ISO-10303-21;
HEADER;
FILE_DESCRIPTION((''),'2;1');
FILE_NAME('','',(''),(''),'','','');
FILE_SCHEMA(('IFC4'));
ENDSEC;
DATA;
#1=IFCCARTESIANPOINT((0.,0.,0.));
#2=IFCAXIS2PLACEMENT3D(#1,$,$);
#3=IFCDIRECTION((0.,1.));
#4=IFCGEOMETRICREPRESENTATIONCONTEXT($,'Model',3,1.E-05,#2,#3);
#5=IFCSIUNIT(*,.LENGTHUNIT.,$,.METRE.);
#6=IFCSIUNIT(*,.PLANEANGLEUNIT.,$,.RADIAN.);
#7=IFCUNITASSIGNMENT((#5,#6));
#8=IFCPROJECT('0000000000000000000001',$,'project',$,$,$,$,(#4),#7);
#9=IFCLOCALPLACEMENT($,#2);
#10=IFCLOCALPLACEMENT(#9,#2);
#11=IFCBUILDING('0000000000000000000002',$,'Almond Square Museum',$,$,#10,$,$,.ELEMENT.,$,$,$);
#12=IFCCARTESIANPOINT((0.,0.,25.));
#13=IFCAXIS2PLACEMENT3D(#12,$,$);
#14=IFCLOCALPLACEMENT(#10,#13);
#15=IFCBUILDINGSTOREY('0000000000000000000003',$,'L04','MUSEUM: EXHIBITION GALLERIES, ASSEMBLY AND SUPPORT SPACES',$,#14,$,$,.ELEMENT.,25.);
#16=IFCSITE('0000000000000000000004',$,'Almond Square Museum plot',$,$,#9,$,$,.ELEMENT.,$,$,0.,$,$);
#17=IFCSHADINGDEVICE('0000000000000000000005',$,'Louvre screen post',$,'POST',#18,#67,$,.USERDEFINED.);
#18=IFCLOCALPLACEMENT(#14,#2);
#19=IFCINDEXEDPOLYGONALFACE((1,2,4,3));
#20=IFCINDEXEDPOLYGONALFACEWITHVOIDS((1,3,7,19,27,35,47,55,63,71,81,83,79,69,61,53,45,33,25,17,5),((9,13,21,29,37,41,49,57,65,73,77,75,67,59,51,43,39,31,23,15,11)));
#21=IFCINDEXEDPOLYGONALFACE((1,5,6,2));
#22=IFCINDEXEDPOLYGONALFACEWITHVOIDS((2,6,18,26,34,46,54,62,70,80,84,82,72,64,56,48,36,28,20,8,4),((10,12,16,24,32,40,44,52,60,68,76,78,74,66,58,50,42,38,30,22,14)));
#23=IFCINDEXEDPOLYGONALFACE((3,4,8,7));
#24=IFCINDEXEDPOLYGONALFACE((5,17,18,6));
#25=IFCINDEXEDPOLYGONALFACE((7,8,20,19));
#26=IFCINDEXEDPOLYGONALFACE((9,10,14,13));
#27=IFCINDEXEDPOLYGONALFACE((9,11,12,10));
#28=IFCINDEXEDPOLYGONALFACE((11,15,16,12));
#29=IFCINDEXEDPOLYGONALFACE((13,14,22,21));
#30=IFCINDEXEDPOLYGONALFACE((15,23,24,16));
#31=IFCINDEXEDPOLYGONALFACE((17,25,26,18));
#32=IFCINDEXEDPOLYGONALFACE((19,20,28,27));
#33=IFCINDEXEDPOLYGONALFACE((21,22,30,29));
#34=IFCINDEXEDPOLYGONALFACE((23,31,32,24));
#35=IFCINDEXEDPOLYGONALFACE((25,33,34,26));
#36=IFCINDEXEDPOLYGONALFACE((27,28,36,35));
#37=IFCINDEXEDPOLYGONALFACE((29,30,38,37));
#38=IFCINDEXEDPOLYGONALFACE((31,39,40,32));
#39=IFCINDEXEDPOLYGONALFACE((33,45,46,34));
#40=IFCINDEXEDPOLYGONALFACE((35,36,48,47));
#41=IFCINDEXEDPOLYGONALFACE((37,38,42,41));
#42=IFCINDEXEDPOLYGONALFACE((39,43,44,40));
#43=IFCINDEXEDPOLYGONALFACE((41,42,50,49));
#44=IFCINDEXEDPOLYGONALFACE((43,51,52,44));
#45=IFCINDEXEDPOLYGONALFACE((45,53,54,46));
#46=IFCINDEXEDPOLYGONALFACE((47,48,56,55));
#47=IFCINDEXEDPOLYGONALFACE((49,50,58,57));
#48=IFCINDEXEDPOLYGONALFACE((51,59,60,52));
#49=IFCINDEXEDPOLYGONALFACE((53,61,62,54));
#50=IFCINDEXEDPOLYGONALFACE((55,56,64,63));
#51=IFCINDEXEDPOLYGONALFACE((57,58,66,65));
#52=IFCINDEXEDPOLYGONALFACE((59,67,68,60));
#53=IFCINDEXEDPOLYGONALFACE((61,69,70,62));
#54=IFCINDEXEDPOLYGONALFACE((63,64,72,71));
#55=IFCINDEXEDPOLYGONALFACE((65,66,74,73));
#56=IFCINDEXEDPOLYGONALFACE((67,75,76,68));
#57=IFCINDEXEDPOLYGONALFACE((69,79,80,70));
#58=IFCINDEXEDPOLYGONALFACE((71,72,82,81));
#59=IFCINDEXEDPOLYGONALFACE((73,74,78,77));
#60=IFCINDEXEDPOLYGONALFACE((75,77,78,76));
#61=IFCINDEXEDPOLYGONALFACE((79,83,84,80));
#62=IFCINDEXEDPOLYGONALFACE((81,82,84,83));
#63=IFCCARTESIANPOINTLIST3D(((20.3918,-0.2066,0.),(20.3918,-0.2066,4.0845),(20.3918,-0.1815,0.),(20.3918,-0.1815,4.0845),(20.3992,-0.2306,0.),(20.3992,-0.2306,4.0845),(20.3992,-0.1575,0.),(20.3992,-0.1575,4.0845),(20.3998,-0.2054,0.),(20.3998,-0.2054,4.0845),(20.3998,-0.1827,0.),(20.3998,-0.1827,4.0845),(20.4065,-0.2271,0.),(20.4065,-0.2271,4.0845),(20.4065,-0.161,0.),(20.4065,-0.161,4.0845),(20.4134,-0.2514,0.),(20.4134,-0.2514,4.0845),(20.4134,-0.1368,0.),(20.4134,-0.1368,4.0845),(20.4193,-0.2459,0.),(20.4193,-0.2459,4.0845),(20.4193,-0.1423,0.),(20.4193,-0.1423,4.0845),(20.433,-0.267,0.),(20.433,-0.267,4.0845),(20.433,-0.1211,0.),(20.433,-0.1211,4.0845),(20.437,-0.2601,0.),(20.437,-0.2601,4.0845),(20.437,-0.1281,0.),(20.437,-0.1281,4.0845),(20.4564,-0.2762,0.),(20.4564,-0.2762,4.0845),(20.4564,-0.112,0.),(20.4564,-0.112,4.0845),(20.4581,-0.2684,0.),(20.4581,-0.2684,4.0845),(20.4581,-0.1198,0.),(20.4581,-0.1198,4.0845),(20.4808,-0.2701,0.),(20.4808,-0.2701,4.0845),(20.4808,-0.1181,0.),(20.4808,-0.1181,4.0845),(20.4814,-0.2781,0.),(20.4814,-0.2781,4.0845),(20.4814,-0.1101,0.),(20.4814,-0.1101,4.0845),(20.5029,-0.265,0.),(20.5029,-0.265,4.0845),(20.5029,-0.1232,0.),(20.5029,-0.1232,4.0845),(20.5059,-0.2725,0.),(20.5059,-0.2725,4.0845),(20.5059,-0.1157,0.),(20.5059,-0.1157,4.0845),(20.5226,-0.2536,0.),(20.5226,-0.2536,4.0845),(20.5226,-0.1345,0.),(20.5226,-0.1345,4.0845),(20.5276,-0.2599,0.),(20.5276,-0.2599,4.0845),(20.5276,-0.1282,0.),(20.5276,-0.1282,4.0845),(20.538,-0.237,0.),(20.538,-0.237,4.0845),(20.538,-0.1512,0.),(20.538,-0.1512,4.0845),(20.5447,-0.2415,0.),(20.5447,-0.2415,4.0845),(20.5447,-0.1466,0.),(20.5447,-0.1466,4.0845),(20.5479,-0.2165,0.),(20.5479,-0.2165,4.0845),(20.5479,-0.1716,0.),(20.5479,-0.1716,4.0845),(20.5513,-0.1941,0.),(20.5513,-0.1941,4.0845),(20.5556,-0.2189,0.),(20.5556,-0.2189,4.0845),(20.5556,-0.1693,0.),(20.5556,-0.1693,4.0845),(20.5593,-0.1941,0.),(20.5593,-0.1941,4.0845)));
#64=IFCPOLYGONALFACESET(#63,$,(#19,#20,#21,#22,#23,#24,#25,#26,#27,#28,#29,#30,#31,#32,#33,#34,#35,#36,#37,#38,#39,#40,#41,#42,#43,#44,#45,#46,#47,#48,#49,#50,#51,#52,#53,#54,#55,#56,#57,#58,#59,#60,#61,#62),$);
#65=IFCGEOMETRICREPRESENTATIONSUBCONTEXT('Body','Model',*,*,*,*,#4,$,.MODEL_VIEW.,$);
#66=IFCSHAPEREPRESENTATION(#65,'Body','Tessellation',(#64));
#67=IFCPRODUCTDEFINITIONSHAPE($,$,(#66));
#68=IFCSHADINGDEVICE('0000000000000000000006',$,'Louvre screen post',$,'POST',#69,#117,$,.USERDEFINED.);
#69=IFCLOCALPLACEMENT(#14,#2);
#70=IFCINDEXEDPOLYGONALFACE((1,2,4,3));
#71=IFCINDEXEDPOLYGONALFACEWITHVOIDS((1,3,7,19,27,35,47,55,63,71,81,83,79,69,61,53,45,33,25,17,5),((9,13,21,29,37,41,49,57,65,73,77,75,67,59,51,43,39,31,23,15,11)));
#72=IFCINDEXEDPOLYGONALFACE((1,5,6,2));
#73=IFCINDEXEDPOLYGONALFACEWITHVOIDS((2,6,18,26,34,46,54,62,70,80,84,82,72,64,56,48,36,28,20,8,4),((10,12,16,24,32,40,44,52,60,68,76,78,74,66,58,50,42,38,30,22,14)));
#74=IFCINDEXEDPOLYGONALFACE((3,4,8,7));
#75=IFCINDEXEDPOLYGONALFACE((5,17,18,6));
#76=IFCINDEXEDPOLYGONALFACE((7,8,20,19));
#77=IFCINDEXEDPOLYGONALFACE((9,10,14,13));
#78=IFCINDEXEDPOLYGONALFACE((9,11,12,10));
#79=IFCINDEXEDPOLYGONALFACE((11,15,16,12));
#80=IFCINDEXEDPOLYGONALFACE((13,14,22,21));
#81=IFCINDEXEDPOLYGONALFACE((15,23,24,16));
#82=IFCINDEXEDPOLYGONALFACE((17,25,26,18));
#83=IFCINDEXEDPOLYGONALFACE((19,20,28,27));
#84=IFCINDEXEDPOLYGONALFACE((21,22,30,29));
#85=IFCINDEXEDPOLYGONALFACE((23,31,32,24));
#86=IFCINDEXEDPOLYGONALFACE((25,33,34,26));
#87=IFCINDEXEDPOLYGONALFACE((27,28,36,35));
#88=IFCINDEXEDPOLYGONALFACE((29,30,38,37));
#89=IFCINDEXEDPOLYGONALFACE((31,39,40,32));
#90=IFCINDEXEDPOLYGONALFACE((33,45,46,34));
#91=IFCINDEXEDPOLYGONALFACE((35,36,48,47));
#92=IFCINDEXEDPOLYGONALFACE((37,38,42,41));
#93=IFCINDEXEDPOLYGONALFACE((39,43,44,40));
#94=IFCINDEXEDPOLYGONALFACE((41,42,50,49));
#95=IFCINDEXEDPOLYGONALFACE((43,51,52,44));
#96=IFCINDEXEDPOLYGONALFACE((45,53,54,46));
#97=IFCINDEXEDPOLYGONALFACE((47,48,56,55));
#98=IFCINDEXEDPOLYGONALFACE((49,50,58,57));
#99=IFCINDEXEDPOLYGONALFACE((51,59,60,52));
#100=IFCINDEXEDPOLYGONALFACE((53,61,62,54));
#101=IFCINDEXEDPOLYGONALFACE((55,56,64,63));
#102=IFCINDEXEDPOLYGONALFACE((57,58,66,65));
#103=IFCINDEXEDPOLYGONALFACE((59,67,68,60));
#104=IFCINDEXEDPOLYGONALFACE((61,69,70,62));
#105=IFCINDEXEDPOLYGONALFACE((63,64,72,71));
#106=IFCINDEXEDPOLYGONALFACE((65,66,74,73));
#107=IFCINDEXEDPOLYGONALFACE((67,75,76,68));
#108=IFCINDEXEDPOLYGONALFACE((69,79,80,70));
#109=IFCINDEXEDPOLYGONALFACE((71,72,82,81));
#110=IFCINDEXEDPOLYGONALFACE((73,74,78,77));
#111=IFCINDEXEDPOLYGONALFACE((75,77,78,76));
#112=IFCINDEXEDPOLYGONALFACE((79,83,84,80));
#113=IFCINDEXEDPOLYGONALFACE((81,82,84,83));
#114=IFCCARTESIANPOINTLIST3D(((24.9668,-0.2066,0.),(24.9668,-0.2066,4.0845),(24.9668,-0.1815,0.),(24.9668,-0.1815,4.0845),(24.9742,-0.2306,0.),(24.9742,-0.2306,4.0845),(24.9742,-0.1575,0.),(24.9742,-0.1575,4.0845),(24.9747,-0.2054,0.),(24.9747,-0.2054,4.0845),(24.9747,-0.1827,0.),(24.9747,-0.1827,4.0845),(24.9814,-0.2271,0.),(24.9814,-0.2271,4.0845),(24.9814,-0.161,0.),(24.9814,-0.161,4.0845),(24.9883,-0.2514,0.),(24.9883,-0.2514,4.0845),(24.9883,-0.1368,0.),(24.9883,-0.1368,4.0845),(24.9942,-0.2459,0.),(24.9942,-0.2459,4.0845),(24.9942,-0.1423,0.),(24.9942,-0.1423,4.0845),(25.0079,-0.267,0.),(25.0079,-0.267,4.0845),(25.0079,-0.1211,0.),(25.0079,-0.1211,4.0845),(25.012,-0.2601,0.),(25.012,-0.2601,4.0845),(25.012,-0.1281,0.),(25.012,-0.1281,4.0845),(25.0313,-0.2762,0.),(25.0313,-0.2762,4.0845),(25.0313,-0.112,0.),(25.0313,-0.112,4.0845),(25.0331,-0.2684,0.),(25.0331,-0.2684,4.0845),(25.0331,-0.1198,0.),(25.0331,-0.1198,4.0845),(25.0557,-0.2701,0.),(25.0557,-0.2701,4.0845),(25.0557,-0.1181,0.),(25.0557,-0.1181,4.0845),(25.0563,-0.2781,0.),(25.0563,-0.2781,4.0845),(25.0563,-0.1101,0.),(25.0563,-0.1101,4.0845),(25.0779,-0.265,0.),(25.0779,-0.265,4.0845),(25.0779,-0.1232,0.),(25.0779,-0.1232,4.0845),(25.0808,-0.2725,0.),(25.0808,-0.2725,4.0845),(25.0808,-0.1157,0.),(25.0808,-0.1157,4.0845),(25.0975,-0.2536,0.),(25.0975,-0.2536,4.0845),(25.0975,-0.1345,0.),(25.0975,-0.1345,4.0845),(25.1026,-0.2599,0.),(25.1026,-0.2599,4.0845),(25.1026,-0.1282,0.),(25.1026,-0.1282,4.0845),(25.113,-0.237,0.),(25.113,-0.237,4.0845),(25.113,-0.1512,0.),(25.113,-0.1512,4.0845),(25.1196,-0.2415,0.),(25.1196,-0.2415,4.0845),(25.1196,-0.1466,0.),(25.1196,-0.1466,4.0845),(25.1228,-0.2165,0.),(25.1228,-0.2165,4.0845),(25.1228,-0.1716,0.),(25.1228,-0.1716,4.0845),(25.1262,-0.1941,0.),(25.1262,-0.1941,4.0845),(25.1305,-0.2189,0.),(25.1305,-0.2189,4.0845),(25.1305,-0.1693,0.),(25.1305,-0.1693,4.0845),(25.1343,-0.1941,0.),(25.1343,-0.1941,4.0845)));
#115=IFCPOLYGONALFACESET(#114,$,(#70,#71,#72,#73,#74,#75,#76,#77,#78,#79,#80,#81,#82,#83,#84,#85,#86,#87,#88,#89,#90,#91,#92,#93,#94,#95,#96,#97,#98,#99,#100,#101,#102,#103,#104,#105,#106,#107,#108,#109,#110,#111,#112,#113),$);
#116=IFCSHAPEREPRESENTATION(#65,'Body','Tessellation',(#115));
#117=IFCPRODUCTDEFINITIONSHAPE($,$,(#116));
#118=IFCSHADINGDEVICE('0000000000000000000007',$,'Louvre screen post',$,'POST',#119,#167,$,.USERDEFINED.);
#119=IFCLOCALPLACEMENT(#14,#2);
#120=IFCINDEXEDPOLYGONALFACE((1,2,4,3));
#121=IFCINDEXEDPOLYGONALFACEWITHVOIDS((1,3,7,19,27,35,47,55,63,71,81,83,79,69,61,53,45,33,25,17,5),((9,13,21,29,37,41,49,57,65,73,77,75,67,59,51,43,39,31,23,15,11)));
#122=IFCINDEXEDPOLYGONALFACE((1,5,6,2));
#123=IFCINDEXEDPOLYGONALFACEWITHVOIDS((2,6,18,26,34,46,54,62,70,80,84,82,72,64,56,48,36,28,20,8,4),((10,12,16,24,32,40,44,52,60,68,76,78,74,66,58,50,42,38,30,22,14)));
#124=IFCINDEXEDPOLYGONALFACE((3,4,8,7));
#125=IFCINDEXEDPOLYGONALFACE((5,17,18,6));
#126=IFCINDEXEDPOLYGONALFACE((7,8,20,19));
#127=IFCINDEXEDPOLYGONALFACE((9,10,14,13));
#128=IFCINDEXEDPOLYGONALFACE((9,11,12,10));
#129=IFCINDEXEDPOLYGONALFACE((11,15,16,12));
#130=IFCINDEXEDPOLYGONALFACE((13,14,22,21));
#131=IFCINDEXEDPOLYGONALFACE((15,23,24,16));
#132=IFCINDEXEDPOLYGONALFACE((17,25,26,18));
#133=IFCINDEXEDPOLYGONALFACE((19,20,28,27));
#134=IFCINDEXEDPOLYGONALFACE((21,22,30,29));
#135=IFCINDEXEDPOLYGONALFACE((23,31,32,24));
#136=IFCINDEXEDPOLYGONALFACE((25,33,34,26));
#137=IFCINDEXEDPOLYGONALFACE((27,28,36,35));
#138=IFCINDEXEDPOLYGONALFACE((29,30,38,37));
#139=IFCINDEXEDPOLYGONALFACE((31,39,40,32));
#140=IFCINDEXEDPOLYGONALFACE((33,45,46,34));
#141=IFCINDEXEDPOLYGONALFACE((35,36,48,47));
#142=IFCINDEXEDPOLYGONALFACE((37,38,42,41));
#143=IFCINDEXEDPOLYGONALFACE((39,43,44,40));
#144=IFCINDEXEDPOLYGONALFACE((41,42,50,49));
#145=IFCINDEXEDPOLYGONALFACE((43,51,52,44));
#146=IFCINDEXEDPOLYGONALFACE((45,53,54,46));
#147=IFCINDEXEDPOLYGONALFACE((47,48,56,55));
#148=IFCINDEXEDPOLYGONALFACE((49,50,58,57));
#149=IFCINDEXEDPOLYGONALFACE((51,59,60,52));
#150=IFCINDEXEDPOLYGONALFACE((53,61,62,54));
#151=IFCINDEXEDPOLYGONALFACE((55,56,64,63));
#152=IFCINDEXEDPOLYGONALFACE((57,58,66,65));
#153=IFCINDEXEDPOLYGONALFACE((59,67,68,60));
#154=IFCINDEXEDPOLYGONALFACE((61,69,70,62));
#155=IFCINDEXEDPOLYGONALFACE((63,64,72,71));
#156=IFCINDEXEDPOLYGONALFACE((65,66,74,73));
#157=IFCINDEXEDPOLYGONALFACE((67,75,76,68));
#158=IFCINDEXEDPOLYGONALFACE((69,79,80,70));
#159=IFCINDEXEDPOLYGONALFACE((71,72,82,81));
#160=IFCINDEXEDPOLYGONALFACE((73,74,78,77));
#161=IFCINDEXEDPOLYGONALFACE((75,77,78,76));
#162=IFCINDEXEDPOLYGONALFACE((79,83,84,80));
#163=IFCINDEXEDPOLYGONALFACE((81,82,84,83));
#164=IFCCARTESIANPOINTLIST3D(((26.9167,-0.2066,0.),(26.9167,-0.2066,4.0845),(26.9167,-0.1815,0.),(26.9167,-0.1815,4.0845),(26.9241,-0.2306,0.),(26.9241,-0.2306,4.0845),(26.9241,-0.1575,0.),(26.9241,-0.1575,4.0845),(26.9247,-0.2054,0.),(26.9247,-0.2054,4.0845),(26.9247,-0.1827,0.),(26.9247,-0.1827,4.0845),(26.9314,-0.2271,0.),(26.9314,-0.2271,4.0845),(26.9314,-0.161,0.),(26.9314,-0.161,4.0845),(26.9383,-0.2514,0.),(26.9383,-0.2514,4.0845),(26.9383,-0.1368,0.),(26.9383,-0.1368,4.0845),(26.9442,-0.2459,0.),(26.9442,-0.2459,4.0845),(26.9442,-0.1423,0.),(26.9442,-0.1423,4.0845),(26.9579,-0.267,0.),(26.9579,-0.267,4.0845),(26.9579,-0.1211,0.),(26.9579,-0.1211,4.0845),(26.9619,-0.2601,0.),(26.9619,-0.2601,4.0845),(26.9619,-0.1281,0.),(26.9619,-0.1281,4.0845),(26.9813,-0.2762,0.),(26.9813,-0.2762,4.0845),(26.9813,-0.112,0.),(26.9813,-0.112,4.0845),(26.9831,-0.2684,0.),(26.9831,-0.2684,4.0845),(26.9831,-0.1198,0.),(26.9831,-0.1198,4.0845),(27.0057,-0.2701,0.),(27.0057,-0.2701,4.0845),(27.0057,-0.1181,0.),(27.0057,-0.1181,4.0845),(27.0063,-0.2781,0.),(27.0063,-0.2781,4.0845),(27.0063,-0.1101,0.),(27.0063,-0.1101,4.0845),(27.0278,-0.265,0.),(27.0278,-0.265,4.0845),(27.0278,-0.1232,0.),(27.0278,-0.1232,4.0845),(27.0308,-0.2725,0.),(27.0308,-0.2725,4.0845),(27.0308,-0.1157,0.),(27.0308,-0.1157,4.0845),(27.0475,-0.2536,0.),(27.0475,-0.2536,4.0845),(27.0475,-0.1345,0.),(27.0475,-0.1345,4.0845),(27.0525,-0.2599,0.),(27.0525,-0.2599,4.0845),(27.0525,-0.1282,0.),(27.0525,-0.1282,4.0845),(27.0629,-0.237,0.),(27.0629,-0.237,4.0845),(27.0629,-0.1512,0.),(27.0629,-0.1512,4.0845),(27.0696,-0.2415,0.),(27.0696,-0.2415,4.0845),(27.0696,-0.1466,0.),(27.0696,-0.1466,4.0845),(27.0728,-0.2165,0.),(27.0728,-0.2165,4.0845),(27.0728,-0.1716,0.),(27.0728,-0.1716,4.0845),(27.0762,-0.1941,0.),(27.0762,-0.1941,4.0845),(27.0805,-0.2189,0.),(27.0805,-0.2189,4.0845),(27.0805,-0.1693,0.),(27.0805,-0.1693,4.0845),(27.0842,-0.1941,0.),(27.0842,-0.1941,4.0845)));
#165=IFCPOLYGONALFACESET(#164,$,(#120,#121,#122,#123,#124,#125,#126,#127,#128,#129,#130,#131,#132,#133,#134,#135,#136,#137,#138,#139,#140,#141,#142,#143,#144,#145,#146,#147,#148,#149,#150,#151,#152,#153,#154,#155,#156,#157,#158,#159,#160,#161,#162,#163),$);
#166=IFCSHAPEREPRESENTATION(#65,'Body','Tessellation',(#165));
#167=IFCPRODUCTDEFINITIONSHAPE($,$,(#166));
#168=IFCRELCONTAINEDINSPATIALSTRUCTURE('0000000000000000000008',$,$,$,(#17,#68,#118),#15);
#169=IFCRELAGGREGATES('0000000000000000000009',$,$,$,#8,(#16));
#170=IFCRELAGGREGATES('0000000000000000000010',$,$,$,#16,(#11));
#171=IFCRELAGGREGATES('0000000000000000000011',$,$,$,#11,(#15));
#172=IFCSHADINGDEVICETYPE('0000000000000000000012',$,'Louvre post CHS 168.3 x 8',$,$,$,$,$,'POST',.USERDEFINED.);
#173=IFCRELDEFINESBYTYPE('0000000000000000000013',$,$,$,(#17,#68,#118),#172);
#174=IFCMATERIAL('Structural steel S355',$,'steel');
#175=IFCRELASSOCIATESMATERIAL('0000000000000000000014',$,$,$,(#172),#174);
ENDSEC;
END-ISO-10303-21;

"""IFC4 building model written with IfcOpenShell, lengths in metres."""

from ifc_helpers import new_model, si_unit, direction, frame, origin, origin_2d, place, context, subcontext, project, spatial, hollow_circle, extrude, material, material_profile, profile_set, type_object, element, save


model = new_model("IFC4")

# Units and contexts
model_context = context("Model", 3, precision=1e-05, world=origin(), true_north=direction((0.0, 1.0)))
body_context = subcontext(model_context, "Body", "Model", "MODEL_VIEW")
ifc_project = project(units=[si_unit("LENGTHUNIT", "METRE"), si_unit("PLANEANGLEUNIT", "RADIAN")], contexts=[model_context])

# Site, building, storey
site_placement = place(None, origin())
site = spatial("IfcSite", under=ifc_project, at=site_placement, Name="Almond Square Museum plot", CompositionType="ELEMENT", RefElevation=0.0)
building_placement = place(site_placement, origin())
building = spatial("IfcBuilding", under=site, at=building_placement, Name="Almond Square Museum", CompositionType="ELEMENT")
storey_placement = place(building_placement, frame((0.0, 0.0, 25.0)))
storey = spatial("IfcBuildingStorey", under=building, at=storey_placement, Name="L04", Description="MUSEUM: EXHIBITION GALLERIES, ASSEMBLY AND SUPPORT SPACES", CompositionType="ELEMENT", Elevation=25.0)

# Shading devices
ifc_material_1 = material(Name="Structural steel S355", Category="steel")
ifc_material_profile_1 = material_profile(ifc_material_1, hollow_circle(Radius=0.0842, WallThickness=0.0081, at=origin_2d()))
ifc_profile_set_1 = profile_set([ifc_material_profile_1], Name="Structural steel S355")
shading_device_type = type_object("IfcShadingDeviceType", Name="Louvre post CHS 168.3 x 8", ElementType="POST", PredefinedType="USERDEFINED", material=ifc_profile_set_1)
for number, where, z_axis, x_axis, name in (
    (1, (20.4751, -0.1941, 0.0), (0.0, 0.0, 1.0), (1.0, 0.0, 0.0), "Louvre screen post"),
    (2, (25.05, -0.1941, 0.0), (0.0, 0.0, 1.0), (1.0, 0.0, 0.0), "Louvre screen post"),
    (3, (27.0, -0.1941, 0.0), (0.0, 0.0, 1.0), (1.0, 0.0, 0.0), "Louvre screen post"),
):
    element("IfcShadingDevice", number, at=place(storey_placement, frame(where, z_axis=z_axis, x_axis=x_axis)), inside=storey, type_object=shading_device_type, Name=name, ObjectType="POST", PredefinedType="USERDEFINED", context=body_context, shape_type="SweptSolid", body=[
        extrude(hollow_circle(Radius=0.0842, WallThickness=0.0081, at=origin_2d()), origin(), (0.0, 0.0, 1.0), 4.0845),
    ])

save(model, "model.ifc")
